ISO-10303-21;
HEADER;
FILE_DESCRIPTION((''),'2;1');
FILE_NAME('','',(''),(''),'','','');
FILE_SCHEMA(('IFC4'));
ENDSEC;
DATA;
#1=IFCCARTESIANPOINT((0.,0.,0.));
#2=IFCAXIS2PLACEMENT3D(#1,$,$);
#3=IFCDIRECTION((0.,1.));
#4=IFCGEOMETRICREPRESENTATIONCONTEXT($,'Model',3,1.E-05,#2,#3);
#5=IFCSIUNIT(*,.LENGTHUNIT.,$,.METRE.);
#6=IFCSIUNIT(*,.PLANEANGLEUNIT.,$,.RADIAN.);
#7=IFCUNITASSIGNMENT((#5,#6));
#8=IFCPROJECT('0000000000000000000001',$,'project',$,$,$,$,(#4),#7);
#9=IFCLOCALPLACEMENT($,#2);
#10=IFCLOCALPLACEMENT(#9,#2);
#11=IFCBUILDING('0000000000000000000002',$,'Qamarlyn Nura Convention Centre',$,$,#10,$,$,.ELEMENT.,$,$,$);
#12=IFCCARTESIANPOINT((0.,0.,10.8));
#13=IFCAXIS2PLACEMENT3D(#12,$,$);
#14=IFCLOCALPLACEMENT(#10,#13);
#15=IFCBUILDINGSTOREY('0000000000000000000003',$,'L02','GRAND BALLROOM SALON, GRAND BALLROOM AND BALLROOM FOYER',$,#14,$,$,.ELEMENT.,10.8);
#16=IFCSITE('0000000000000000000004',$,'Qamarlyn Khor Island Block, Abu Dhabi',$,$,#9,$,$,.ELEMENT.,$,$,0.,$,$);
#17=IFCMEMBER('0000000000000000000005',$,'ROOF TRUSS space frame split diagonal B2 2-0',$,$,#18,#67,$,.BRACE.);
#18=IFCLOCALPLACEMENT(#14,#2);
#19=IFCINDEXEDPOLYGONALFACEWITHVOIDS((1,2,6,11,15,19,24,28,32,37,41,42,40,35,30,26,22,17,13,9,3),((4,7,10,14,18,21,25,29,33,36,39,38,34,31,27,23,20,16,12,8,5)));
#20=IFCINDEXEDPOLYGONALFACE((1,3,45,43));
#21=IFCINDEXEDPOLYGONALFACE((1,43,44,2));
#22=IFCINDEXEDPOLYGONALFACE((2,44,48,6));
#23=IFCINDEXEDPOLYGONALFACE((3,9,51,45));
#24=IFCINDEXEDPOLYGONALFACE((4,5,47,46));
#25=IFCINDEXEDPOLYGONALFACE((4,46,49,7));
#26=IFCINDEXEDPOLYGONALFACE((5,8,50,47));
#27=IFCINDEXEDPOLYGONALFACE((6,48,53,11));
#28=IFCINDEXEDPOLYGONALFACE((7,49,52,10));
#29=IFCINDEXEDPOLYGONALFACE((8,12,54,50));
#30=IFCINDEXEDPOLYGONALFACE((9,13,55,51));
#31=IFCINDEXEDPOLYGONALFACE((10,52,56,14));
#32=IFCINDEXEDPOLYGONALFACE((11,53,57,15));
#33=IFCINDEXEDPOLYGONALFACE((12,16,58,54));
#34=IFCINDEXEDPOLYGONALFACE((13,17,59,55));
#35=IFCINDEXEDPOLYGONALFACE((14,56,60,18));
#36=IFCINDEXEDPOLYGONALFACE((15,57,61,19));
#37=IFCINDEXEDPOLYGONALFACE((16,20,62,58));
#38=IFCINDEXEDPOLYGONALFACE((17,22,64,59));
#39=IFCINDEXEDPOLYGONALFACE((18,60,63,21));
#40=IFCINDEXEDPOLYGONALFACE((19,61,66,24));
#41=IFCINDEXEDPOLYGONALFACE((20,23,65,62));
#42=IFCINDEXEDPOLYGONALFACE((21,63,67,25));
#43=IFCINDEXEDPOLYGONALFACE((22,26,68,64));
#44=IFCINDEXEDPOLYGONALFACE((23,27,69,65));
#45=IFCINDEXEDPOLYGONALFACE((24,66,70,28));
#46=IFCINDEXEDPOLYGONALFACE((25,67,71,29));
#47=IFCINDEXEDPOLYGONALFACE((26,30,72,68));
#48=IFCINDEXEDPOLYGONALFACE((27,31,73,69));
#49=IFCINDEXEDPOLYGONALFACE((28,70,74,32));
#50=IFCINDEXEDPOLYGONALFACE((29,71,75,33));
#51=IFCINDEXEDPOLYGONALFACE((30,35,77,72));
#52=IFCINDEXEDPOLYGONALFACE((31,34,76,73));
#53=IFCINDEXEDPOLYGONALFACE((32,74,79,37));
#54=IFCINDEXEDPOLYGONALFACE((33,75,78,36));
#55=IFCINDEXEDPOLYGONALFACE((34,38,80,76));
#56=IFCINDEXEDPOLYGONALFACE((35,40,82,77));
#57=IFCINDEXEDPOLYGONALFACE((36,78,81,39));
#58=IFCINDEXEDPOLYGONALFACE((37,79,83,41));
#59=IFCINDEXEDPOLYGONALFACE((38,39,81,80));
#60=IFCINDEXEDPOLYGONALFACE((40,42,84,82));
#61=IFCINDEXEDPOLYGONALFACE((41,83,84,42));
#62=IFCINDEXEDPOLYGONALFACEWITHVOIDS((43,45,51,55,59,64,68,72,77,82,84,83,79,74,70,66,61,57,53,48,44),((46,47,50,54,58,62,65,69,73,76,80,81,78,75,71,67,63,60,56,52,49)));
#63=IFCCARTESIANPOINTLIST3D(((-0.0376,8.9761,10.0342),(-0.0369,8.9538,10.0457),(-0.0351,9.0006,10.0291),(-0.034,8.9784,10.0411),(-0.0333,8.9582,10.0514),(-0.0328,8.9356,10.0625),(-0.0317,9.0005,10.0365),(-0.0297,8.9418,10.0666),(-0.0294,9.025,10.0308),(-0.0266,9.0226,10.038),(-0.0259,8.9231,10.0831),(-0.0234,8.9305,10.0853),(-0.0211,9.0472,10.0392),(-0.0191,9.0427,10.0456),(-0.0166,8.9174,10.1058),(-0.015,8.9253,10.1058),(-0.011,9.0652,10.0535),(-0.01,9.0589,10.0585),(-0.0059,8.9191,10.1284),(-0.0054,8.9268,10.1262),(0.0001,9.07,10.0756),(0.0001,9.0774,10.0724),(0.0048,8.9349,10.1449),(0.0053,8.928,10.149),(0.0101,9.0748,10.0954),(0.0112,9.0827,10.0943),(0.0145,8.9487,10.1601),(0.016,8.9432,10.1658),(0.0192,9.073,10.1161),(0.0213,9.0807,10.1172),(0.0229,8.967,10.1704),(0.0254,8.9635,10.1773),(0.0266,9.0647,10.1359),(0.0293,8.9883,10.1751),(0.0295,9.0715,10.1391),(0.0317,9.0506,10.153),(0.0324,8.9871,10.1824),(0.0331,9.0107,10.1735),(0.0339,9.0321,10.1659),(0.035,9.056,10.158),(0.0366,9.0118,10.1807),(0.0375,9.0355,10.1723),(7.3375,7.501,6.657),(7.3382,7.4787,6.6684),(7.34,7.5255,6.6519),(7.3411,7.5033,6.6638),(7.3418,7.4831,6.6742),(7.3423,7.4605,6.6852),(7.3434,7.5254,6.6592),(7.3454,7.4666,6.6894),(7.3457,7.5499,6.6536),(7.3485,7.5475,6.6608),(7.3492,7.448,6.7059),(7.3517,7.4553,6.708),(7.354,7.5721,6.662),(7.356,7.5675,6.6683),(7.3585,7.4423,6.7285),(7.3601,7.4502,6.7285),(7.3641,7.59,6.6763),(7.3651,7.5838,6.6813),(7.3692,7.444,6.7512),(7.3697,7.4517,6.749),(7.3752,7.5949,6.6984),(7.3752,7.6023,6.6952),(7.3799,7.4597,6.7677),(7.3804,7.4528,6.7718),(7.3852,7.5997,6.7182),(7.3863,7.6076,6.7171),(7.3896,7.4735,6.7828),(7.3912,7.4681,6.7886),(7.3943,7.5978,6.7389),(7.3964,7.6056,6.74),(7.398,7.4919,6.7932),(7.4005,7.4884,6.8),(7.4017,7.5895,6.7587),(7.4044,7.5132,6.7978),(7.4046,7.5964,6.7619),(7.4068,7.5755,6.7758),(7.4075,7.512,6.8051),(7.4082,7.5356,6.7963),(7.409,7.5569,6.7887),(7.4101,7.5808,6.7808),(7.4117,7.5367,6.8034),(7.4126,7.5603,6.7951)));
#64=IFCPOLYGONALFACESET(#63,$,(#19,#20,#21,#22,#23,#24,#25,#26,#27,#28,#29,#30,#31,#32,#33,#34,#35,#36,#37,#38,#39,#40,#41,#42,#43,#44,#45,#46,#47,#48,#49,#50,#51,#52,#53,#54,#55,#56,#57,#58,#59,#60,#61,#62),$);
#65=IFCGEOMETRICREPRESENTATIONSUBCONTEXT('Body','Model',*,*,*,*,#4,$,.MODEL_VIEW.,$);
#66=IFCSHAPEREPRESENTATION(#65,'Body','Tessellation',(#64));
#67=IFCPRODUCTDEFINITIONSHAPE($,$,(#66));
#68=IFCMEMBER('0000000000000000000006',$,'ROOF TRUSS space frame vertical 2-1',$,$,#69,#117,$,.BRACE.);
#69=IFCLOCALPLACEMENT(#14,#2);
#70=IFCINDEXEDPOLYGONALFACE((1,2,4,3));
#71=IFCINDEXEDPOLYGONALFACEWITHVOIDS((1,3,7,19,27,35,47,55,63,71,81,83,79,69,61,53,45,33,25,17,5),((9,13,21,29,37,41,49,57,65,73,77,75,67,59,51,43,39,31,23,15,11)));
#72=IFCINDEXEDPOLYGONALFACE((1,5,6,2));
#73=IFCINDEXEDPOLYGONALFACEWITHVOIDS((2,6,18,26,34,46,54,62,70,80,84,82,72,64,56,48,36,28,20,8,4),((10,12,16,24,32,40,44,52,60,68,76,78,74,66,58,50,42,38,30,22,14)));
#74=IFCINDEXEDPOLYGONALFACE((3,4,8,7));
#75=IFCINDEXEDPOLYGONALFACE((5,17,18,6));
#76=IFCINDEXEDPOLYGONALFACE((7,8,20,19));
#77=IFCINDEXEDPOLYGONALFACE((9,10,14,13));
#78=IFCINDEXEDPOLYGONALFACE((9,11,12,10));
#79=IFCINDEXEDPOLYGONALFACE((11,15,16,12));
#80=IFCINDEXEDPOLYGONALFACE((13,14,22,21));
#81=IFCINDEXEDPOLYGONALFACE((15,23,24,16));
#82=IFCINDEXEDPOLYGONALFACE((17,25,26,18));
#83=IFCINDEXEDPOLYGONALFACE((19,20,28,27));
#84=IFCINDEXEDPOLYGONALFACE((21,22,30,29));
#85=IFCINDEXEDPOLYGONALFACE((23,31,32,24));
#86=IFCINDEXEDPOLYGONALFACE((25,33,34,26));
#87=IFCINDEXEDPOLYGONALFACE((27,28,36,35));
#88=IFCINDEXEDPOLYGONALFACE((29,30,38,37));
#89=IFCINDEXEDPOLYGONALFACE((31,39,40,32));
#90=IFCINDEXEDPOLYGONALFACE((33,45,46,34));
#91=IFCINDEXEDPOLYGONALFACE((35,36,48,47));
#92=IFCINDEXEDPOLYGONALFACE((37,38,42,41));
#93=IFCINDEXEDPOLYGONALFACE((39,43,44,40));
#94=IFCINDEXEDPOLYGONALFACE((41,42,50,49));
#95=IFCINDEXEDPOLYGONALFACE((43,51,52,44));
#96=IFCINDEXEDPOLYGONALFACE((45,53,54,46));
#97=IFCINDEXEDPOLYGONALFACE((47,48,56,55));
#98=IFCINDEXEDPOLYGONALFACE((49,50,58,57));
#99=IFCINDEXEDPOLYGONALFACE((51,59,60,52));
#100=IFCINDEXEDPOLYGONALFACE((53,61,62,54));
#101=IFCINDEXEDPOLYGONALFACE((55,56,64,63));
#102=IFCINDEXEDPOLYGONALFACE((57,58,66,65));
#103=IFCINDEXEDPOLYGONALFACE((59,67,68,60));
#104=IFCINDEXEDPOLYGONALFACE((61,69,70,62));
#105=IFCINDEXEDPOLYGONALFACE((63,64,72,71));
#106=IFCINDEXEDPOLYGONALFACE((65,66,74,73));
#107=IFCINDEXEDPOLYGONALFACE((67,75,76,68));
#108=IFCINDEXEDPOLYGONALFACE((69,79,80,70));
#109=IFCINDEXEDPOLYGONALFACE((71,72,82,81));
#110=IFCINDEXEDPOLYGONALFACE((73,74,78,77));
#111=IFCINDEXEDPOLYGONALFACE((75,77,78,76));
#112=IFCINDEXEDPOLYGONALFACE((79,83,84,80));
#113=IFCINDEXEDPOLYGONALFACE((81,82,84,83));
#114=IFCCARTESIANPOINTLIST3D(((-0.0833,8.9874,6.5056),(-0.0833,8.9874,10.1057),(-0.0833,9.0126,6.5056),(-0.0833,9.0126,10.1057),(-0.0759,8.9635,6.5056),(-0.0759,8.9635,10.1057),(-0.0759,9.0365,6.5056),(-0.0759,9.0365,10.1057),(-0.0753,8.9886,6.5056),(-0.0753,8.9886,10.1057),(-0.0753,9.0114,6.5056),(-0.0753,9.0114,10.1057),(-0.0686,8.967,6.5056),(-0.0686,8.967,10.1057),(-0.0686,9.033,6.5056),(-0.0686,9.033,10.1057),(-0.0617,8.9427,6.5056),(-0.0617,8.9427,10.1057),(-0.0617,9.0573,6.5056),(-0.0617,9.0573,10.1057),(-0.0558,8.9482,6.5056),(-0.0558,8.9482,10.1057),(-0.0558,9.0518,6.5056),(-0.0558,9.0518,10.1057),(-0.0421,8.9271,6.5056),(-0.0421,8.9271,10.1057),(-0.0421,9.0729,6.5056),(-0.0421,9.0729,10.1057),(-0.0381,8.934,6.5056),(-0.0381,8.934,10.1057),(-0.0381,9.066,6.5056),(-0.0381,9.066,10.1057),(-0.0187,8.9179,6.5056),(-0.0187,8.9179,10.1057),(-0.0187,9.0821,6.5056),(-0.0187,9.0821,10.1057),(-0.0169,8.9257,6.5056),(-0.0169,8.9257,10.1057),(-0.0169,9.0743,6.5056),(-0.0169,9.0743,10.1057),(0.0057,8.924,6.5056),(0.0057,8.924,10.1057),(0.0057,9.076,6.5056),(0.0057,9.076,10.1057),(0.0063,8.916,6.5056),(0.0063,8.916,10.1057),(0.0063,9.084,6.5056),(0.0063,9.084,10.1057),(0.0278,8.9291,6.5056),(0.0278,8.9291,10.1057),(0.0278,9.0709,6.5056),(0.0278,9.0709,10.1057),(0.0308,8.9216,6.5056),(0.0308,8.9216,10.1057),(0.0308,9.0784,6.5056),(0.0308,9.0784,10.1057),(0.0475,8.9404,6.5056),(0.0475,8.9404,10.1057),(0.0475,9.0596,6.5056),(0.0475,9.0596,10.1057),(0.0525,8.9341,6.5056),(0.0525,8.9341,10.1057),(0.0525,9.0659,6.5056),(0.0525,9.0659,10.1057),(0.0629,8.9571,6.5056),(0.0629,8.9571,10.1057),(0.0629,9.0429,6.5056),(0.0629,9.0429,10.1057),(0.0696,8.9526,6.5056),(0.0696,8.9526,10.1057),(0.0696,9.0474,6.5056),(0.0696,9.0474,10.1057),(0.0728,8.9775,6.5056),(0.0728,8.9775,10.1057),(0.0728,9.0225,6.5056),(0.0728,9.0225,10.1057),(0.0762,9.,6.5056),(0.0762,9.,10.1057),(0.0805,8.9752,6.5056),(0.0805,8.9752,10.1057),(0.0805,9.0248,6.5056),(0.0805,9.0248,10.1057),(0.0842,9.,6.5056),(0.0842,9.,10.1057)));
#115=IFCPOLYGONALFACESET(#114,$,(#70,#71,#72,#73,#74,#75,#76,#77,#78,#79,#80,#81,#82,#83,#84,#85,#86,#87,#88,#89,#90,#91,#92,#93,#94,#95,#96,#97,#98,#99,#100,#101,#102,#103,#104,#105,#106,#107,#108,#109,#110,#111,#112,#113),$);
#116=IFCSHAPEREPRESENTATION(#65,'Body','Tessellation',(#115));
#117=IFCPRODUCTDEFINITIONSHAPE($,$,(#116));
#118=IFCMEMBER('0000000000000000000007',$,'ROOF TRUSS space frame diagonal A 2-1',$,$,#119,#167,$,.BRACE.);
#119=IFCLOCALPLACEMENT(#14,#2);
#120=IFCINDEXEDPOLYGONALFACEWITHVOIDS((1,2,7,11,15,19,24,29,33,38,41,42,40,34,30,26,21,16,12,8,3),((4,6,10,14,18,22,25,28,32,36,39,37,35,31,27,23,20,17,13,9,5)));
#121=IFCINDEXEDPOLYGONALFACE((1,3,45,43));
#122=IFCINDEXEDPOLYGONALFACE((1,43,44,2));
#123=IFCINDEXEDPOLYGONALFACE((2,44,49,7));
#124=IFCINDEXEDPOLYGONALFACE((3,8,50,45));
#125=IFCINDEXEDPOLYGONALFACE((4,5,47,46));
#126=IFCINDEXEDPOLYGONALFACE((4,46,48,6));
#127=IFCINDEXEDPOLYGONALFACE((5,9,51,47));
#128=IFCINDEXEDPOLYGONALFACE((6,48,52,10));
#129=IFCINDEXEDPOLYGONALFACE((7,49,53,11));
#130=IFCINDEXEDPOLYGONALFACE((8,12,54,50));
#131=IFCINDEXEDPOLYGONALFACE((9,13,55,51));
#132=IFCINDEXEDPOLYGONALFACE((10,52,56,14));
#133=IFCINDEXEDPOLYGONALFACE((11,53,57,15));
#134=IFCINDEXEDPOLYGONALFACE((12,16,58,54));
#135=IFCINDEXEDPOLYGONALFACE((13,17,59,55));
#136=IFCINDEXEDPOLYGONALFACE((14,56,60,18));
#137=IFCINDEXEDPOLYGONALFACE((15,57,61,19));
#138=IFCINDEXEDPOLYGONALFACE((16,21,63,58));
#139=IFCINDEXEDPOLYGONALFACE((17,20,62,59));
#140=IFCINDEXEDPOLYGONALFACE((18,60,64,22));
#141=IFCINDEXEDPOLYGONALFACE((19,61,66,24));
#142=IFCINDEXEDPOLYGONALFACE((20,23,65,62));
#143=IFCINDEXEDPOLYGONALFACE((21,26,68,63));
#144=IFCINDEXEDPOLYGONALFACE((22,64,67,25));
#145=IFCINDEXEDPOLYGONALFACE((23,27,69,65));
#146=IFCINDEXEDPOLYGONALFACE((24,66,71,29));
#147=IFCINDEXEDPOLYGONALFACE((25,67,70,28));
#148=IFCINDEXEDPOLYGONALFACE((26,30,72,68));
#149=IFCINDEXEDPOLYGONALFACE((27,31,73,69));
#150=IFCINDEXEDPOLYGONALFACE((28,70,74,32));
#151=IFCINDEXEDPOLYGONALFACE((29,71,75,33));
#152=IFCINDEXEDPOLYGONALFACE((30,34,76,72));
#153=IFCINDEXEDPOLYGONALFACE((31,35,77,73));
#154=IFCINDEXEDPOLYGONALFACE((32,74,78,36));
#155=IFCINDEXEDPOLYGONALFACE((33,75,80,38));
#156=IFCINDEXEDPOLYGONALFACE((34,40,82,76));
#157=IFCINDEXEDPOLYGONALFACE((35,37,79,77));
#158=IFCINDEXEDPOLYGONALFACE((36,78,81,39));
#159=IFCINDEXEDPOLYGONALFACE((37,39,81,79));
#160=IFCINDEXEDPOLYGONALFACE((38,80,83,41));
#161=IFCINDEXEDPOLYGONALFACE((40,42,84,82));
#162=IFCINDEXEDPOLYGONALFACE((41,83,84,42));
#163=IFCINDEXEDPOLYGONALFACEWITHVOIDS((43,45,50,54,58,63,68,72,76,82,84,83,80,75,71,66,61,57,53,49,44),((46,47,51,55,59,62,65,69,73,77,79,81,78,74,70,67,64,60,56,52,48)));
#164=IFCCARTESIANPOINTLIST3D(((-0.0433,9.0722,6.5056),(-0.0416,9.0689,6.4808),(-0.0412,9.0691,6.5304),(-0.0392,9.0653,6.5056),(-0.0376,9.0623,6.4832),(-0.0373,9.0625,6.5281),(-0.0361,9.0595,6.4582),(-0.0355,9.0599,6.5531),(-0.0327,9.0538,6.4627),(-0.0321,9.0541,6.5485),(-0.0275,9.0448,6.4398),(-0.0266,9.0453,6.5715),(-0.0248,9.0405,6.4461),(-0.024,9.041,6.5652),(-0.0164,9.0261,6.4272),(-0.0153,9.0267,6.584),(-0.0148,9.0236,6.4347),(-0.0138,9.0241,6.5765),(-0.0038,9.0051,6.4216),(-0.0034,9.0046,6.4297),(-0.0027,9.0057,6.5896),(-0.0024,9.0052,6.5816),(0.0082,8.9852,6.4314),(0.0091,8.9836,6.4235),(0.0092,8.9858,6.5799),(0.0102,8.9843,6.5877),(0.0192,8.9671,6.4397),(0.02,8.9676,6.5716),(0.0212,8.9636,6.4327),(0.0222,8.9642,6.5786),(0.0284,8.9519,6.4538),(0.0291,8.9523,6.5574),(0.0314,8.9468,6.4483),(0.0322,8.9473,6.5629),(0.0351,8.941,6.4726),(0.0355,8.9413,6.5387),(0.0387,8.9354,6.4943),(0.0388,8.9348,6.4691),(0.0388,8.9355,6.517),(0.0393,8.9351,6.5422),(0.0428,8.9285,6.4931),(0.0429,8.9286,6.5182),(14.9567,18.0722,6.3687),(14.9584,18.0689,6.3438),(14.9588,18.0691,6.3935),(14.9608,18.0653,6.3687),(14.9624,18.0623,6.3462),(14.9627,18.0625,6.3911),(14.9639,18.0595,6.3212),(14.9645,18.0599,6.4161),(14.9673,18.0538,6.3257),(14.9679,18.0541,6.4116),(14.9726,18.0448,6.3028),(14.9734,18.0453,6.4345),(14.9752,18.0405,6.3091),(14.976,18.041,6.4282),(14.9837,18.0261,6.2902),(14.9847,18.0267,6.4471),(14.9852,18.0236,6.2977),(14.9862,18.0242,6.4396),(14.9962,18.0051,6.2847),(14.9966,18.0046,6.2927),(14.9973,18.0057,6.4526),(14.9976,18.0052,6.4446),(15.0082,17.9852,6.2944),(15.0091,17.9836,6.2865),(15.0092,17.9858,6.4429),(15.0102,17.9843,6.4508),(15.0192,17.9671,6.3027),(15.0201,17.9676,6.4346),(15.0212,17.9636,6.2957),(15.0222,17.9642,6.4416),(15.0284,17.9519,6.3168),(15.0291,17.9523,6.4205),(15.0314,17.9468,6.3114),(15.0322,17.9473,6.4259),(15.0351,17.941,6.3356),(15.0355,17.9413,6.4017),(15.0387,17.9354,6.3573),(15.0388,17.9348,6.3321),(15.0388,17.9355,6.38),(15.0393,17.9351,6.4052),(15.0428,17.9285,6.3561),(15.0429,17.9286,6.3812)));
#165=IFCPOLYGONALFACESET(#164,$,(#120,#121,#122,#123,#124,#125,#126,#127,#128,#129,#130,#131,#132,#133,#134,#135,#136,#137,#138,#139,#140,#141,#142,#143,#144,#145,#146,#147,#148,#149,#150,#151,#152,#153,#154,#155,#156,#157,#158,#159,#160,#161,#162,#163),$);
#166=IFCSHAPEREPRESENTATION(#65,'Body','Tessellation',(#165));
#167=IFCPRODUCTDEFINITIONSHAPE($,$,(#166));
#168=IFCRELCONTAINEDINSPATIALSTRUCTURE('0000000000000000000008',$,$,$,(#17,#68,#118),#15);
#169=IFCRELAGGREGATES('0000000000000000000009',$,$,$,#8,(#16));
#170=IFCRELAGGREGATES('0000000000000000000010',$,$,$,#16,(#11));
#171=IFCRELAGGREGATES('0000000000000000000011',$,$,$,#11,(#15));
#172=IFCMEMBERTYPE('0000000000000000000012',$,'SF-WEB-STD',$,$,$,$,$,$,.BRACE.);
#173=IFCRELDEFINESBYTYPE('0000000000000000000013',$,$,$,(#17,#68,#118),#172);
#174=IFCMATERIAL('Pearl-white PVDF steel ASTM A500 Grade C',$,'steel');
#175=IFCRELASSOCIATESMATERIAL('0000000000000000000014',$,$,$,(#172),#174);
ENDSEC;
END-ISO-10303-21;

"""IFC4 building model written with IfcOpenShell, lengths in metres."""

from ifc_helpers import new_model, si_unit, direction, frame, origin, origin_2d, place, context, subcontext, project, spatial, hollow_circle, extrude, material, material_profile, profile_set, type_object, element, save


model = new_model("IFC4")

# Units and contexts
model_context = context("Model", 3, precision=1e-05, world=origin(), true_north=direction((0.0, 1.0)))
body_context = subcontext(model_context, "Body", "Model", "MODEL_VIEW")
ifc_project = project(units=[si_unit("LENGTHUNIT", "METRE"), si_unit("PLANEANGLEUNIT", "RADIAN")], contexts=[model_context])

# Site, building, storey
site_placement = place(None, origin())
site = spatial("IfcSite", under=ifc_project, at=site_placement, Name="Qamarlyn Khor Island Block, Abu Dhabi", CompositionType="ELEMENT", RefElevation=0.0)
building_placement = place(site_placement, origin())
building = spatial("IfcBuilding", under=site, at=building_placement, Name="Qamarlyn Nura Convention Centre", CompositionType="ELEMENT")
storey_placement = place(building_placement, frame((0.0, 0.0, 10.8)))
storey = spatial("IfcBuildingStorey", under=building, at=storey_placement, Name="L02", Description="GRAND BALLROOM SALON, GRAND BALLROOM AND BALLROOM FOYER", CompositionType="ELEMENT", Elevation=10.8)

# Members
ifc_material_1 = material(Name="Pearl-white PVDF steel ASTM A500 Grade C", Category="steel")
ifc_material_profile_1 = material_profile(ifc_material_1, hollow_circle(Radius=0.0842, WallThickness=0.0081, at=origin_2d()), Name="CHS168.3X8")
ifc_profile_set_1 = profile_set([ifc_material_profile_1], Name="Pearl-white PVDF steel ASTM A500 Grade C")
member_type_1 = type_object("IfcMemberType", Name="SF-WEB-STD", PredefinedType="BRACE", material=ifc_profile_set_1)
member_1_placement = place(storey_placement, frame((7.375, 7.5249, 6.7285), z_axis=(-0.894534, 0.178919, 0.40963), x_axis=(-0.196129, -0.980578, 0.0)))
element("IfcMember", 1, at=member_1_placement, inside=storey, type_object=member_type_1, Name="ROOF TRUSS space frame split diagonal B2 2-0", PredefinedType="BRACE", context=body_context, shape_type="SweptSolid", body=[
    extrude(hollow_circle(Radius=0.0842, WallThickness=0.0081, at=origin_2d()), origin(), (0.0, 0.0, 1.0), 8.2446),
])
member_2_placement = place(storey_placement, frame((0.0, 9.0, 6.5056), z_axis=(0.0, 0.0, 1.0), x_axis=(1.0, 0.0, 0.0)))
element("IfcMember", 2, at=member_2_placement, inside=storey, type_object=member_type_1, Name="ROOF TRUSS space frame vertical 2-1", PredefinedType="BRACE", context=body_context, shape_type="SweptSolid", body=[
    extrude(hollow_circle(Radius=0.0842, WallThickness=0.0081, at=origin_2d()), origin(), (0.0, 0.0, 1.0), 3.6001),
])
member_3_placement = place(storey_placement, frame((0.0, 9.0, 6.5056), z_axis=(0.857467, 0.51448, -0.007829), x_axis=(-0.514496, 0.857493, 0.0)))
element("IfcMember", 3, at=member_3_placement, inside=storey, type_object=member_type_1, Name="ROOF TRUSS space frame diagonal A 2-1", PredefinedType="BRACE", context=body_context, shape_type="SweptSolid", body=[
    extrude(hollow_circle(Radius=0.0842, WallThickness=0.0081, at=origin_2d()), origin(), (0.0, 0.0, 1.0), 17.4934),
])

save(model, "model.ifc")
